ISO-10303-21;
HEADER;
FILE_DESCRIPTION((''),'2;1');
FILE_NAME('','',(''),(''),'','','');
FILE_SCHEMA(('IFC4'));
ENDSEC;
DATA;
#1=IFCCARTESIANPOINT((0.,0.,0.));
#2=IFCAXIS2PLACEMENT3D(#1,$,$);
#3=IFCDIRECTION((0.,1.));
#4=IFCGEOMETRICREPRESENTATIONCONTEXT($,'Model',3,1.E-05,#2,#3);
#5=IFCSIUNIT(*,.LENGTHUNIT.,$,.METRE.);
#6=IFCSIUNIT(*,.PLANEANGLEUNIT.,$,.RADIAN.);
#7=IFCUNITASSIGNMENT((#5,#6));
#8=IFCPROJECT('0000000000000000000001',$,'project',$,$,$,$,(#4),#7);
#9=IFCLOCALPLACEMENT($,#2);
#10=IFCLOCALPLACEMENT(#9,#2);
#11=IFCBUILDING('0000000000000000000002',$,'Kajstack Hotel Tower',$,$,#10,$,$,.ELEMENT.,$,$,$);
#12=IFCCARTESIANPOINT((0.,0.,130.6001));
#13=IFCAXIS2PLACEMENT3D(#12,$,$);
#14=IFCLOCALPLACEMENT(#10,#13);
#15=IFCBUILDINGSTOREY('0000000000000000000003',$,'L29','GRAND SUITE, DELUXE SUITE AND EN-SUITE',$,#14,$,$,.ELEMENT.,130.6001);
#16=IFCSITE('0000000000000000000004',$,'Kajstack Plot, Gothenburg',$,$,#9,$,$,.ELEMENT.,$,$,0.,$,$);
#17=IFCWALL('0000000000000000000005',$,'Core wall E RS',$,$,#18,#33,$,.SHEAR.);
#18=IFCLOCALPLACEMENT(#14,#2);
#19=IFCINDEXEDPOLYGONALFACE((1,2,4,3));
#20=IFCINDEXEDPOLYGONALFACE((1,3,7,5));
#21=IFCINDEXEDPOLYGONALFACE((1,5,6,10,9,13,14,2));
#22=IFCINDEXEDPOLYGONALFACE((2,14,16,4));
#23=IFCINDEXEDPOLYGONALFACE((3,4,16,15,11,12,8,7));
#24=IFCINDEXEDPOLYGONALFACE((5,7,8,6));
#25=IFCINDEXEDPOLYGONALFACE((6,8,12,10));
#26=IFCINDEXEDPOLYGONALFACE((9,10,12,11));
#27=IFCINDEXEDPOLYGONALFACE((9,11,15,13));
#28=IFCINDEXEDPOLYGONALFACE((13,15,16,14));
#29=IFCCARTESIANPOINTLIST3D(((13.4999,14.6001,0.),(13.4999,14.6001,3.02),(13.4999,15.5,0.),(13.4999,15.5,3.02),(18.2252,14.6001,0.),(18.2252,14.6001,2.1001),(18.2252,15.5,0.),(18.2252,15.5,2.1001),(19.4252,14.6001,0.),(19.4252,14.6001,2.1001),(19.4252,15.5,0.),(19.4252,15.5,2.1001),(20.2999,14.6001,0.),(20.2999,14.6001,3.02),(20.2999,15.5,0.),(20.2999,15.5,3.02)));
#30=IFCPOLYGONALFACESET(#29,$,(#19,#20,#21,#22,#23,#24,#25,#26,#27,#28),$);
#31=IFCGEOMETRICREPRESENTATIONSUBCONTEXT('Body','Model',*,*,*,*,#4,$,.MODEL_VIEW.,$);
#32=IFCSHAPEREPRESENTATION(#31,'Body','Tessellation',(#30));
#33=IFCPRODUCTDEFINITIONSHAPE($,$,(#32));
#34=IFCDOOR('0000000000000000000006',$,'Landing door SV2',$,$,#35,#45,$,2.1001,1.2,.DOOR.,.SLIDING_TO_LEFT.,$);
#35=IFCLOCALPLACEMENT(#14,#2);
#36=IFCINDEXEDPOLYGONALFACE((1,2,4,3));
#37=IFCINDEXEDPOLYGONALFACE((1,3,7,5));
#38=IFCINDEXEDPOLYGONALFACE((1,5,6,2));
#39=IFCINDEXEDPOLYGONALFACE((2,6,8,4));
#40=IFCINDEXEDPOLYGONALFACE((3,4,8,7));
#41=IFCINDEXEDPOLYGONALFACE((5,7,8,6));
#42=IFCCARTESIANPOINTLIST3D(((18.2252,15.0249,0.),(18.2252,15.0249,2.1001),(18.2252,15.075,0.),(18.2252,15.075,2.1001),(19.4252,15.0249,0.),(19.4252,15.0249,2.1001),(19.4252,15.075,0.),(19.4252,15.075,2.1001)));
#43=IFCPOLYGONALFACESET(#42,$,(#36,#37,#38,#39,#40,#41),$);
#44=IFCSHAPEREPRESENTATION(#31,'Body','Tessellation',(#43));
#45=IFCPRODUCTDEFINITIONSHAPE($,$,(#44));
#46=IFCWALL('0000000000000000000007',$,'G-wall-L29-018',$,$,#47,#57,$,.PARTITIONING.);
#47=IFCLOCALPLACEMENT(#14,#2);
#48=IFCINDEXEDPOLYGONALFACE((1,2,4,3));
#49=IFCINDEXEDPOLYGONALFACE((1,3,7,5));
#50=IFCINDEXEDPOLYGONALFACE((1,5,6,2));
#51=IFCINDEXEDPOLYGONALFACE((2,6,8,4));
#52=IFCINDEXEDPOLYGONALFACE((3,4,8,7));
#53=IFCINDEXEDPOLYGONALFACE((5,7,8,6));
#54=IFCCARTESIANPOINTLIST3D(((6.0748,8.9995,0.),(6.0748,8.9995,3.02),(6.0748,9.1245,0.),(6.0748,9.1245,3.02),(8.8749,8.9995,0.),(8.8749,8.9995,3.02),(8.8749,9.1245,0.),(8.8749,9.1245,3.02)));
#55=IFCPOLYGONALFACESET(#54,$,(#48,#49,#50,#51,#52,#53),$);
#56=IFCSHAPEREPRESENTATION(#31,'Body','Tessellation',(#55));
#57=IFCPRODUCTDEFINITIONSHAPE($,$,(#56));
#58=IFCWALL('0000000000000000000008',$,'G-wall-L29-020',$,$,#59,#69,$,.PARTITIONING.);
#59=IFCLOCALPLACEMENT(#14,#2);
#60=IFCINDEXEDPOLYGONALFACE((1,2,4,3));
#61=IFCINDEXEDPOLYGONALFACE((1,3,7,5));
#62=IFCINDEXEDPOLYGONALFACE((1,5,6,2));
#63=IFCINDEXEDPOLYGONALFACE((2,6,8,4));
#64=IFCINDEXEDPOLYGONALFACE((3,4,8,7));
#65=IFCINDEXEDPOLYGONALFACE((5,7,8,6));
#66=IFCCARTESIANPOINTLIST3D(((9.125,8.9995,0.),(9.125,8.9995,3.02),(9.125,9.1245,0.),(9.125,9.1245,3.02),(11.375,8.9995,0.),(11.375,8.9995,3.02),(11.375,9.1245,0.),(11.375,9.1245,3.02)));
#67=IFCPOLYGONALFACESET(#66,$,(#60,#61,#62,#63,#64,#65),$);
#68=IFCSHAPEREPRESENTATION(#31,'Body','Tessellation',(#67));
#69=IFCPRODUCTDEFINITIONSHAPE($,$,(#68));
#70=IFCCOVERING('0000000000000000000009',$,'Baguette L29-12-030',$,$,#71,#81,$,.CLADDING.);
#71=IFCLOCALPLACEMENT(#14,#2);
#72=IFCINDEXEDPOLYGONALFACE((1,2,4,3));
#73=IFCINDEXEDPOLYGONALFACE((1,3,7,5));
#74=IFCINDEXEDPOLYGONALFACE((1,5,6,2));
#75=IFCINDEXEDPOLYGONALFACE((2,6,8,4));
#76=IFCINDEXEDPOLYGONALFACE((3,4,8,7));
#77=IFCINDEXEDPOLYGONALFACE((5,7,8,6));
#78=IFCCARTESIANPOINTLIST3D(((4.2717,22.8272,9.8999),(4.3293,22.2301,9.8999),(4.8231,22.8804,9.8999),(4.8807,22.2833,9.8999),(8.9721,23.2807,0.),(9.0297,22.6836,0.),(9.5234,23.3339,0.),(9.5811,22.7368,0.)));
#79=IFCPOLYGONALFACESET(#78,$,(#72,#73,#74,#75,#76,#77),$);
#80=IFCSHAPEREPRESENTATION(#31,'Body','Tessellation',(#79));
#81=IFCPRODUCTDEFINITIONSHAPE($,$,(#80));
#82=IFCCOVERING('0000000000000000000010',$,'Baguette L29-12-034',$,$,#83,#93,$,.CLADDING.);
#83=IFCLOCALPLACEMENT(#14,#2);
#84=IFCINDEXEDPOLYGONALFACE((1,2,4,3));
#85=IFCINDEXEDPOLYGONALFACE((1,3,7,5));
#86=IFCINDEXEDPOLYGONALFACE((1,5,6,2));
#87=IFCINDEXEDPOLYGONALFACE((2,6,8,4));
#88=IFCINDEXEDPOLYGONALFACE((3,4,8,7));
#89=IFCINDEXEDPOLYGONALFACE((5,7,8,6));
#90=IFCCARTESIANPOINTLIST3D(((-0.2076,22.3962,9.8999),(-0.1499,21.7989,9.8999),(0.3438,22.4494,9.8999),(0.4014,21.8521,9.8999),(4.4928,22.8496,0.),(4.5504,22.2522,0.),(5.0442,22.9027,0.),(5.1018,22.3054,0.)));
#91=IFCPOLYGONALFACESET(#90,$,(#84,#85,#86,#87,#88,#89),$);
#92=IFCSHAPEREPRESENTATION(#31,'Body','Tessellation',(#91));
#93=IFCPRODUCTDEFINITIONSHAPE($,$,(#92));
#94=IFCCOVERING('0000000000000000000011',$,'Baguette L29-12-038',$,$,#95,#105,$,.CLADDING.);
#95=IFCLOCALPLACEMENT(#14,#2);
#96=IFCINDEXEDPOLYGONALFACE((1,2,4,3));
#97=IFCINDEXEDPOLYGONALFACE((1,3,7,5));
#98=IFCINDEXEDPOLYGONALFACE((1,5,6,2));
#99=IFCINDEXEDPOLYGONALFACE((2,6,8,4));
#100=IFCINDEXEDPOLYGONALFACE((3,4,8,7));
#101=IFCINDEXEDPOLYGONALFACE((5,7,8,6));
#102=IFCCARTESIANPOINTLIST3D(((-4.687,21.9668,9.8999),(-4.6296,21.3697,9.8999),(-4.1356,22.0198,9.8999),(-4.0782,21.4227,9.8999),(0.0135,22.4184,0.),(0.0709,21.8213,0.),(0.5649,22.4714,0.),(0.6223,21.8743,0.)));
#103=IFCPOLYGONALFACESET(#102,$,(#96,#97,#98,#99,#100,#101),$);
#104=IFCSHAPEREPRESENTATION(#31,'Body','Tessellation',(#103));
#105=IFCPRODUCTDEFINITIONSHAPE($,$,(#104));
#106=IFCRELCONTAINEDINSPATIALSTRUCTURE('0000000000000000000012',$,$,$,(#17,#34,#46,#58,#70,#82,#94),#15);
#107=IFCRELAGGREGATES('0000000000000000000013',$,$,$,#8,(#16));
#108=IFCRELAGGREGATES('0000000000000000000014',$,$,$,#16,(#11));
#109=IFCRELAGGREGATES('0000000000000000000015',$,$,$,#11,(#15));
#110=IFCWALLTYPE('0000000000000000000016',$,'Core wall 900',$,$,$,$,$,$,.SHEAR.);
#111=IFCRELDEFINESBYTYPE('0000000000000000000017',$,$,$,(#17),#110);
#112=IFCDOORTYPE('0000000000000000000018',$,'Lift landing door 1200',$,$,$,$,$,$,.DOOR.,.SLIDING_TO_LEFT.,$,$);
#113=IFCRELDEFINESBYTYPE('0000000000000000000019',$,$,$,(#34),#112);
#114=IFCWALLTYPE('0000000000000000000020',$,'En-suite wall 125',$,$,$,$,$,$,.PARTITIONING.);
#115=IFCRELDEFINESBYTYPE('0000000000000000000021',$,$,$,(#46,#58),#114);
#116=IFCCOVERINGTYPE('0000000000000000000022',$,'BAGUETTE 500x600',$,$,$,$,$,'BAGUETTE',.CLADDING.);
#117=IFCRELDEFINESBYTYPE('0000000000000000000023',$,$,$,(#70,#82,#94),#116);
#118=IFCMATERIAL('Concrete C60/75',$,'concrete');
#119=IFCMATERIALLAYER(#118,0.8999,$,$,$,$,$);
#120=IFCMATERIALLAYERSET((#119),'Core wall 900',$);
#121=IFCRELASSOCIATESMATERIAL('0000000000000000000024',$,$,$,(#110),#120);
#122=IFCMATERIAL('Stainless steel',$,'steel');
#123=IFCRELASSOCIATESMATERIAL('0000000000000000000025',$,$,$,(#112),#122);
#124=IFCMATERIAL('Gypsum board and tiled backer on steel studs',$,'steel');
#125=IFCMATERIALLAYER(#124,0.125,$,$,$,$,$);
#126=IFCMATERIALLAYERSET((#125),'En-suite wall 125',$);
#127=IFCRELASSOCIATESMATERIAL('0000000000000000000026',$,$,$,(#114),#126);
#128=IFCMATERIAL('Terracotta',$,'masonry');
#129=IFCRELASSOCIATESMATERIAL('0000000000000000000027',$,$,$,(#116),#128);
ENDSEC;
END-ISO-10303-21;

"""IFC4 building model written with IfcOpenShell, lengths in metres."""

from ifc_helpers import new_model, si_unit, direction, frame, frame_2d, origin, origin_2d, place, context, subcontext, project, spatial, polyline, rectangle, outline, extrude, material, layer, layer_set, material_profile, profile_set, type_object, element, fill, save


model = new_model("IFC4")

# Units and contexts
model_context = context("Model", 3, precision=1e-05, world=origin(), true_north=direction((0.0, 1.0)))
body_context = subcontext(model_context, "Body", "Model", "MODEL_VIEW")
ifc_project = project(units=[si_unit("LENGTHUNIT", "METRE"), si_unit("PLANEANGLEUNIT", "RADIAN")], contexts=[model_context])

# Site, building, storey
site_placement = place(None, origin())
site = spatial("IfcSite", under=ifc_project, at=site_placement, Name="Kajstack Plot, Gothenburg", CompositionType="ELEMENT", RefElevation=0.0)
building_placement = place(site_placement, origin())
building = spatial("IfcBuilding", under=site, at=building_placement, Name="Kajstack Hotel Tower", CompositionType="ELEMENT")
storey_placement = place(building_placement, frame((0.0, 0.0, 130.6001)))
storey = spatial("IfcBuildingStorey", under=building, at=storey_placement, Name="L29", Description="GRAND SUITE, DELUXE SUITE AND EN-SUITE", CompositionType="ELEMENT", Elevation=130.6001)

# Wall, opening, door
ifc_material_1 = material(Name="Concrete C60/75", Category="concrete")
ifc_layer_1 = layer(ifc_material_1, 0.8999)
ifc_layer_set_1 = layer_set([ifc_layer_1], Name="Core wall 900")
wall_type_1 = type_object("IfcWallType", Name="Core wall 900", PredefinedType="SHEAR", material=ifc_layer_set_1)
wall_1_placement = place(storey_placement, frame((13.5, 15.05, 0.0), z_axis=(0.0, 0.0, 1.0), x_axis=(1.0, 0.0, 0.0)))
wall_1 = element("IfcWall", 1, at=wall_1_placement, inside=storey, type_object=wall_type_1, Name="Core wall E RS", PredefinedType="SHEAR", context=body_context, shape_type="SweptSolid", body=[
    extrude(rectangle(XDim=6.8, YDim=0.8999, at=frame_2d((3.3999, 0.0))), origin(), (0.0, 0.0, 1.0), 3.02),
])
opening_placement = place(wall_1_placement, frame((4.7251, 0.0, 0.0)))
opening = element("IfcOpeningElement", 2, at=opening_placement, cuts=wall_1, PredefinedType="OPENING", context=body_context, shape_type="SweptSolid", body=[
    extrude(rectangle(XDim=1.2, YDim=2.1001, at=frame_2d((0.6001, 1.05))), frame((0.0, 0.46, 0.0), z_axis=(0.0, -1.0, 0.0), x_axis=(1.0, 0.0, 0.0)), (0.0, 0.0, 1.0), 0.9199),
])
ifc_material_2 = material(Name="Stainless steel", Category="steel")
door_type = type_object("IfcDoorType", Name="Lift landing door 1200", OperationType="SLIDING_TO_LEFT", PredefinedType="DOOR", material=ifc_material_2)
door_placement = place(opening_placement, origin())
door = element("IfcDoor", 3, at=door_placement, inside=storey, type_object=door_type, Name="Landing door SV2", OperationType="SLIDING_TO_LEFT", OverallHeight=2.1001, OverallWidth=1.2, PredefinedType="DOOR", context=body_context, shape_type="SweptSolid", body=[
    extrude(rectangle(XDim=1.2, YDim=2.1001, at=frame_2d((0.6001, 1.05))), frame((0.0, 0.0249, 0.0), z_axis=(0.0, -1.0, 0.0), x_axis=(1.0, 0.0, 0.0)), (0.0, 0.0, 1.0), 0.05),
])
fill(opening, door)

# Walls
ifc_material_3 = material(Name="Gypsum board and tiled backer on steel studs", Category="steel")
ifc_layer_2 = layer(ifc_material_3, 0.125)
ifc_layer_set_2 = layer_set([ifc_layer_2], Name="En-suite wall 125")
wall_type_2 = type_object("IfcWallType", Name="En-suite wall 125", PredefinedType="PARTITIONING", material=ifc_layer_set_2)
wall_2_placement = place(storey_placement, frame((6.075, 9.062, 0.0), z_axis=(0.0, 0.0, 1.0), x_axis=(1.0, 0.0, 0.0)))
element("IfcWall", 4, at=wall_2_placement, inside=storey, type_object=wall_type_2, Name="G-wall-L29-018", PredefinedType="PARTITIONING", context=body_context, shape_type="SweptSolid", body=[
    extrude(rectangle(XDim=2.8, YDim=0.125, at=frame_2d((1.3999, 0.0))), origin(), (0.0, 0.0, 1.0), 3.02),
])
wall_3_placement = place(storey_placement, frame((9.125, 9.062, 0.0), z_axis=(0.0, 0.0, 1.0), x_axis=(1.0, 0.0, 0.0)))
element("IfcWall", 5, at=wall_3_placement, inside=storey, type_object=wall_type_2, Name="G-wall-L29-020", PredefinedType="PARTITIONING", context=body_context, shape_type="SweptSolid", body=[
    extrude(rectangle(XDim=2.25, YDim=0.125, at=frame_2d((1.125, 0.0))), origin(), (0.0, 0.0, 1.0), 3.02),
])

# Coverings
ifc_material_4 = material(Name="Terracotta", Category="masonry")
ifc_material_profile = material_profile(ifc_material_4, rectangle(XDim=0.6001, YDim=0.5, at=origin_2d()), Name="Terracotta-clad concrete baguette 500 x 600")
ifc_profile_set = profile_set([ifc_material_profile], Name="Terracotta")
covering_type = type_object("IfcCoveringType", Name="BAGUETTE 500x600", ElementType="BAGUETTE", PredefinedType="CLADDING", material=ifc_profile_set)
covering_1_placement = place(storey_placement, frame((9.5811, 22.7368, 0.0), z_axis=(-0.096038, 0.995378, 0.0), x_axis=(-0.995378, -0.096038, 0.0)))
element("IfcCovering", 6, at=covering_1_placement, inside=storey, type_object=covering_type, Name="Baguette L29-12-030", PredefinedType="CLADDING", context=body_context, shape_type="SweptSolid", body=[
    extrude(outline(polyline([(4.7222, 9.8999), (0.0, 0.0), (0.554, 0.0), (5.2761, 9.8999), (4.7222, 9.8999)])), origin(), (0.0, 0.0, 1.0), 0.5999),
])
covering_2_placement = place(storey_placement, frame((5.1018, 22.3054, 0.0), z_axis=(-0.095999, 0.995381, 0.0), x_axis=(-0.995381, -0.095999, 0.0)))
element("IfcCovering", 7, at=covering_2_placement, inside=storey, type_object=covering_type, Name="Baguette L29-12-034", PredefinedType="CLADDING", context=body_context, shape_type="SweptSolid", body=[
    extrude(outline(polyline([(4.7222, 9.8999), (0.0, 0.0), (0.554, 0.0), (5.2761, 9.8999), (4.7222, 9.8999)])), origin(), (0.0, 0.0, 1.0), 0.6001),
])
covering_3_placement = place(storey_placement, frame((0.6223, 21.8743, 0.0), z_axis=(-0.095635, 0.995416, 0.0), x_axis=(-0.995416, -0.095635, 0.0)))
element("IfcCovering", 8, at=covering_3_placement, inside=storey, type_object=covering_type, Name="Baguette L29-12-038", PredefinedType="CLADDING", context=body_context, shape_type="SweptSolid", body=[
    extrude(outline(polyline([(4.7222, 9.8999), (0.0, 0.0), (0.554, 0.0), (5.2761, 9.8999), (4.7222, 9.8999)])), origin(), (0.0, 0.0, 1.0), 0.5999),
])

save(model, "model.ifc")
